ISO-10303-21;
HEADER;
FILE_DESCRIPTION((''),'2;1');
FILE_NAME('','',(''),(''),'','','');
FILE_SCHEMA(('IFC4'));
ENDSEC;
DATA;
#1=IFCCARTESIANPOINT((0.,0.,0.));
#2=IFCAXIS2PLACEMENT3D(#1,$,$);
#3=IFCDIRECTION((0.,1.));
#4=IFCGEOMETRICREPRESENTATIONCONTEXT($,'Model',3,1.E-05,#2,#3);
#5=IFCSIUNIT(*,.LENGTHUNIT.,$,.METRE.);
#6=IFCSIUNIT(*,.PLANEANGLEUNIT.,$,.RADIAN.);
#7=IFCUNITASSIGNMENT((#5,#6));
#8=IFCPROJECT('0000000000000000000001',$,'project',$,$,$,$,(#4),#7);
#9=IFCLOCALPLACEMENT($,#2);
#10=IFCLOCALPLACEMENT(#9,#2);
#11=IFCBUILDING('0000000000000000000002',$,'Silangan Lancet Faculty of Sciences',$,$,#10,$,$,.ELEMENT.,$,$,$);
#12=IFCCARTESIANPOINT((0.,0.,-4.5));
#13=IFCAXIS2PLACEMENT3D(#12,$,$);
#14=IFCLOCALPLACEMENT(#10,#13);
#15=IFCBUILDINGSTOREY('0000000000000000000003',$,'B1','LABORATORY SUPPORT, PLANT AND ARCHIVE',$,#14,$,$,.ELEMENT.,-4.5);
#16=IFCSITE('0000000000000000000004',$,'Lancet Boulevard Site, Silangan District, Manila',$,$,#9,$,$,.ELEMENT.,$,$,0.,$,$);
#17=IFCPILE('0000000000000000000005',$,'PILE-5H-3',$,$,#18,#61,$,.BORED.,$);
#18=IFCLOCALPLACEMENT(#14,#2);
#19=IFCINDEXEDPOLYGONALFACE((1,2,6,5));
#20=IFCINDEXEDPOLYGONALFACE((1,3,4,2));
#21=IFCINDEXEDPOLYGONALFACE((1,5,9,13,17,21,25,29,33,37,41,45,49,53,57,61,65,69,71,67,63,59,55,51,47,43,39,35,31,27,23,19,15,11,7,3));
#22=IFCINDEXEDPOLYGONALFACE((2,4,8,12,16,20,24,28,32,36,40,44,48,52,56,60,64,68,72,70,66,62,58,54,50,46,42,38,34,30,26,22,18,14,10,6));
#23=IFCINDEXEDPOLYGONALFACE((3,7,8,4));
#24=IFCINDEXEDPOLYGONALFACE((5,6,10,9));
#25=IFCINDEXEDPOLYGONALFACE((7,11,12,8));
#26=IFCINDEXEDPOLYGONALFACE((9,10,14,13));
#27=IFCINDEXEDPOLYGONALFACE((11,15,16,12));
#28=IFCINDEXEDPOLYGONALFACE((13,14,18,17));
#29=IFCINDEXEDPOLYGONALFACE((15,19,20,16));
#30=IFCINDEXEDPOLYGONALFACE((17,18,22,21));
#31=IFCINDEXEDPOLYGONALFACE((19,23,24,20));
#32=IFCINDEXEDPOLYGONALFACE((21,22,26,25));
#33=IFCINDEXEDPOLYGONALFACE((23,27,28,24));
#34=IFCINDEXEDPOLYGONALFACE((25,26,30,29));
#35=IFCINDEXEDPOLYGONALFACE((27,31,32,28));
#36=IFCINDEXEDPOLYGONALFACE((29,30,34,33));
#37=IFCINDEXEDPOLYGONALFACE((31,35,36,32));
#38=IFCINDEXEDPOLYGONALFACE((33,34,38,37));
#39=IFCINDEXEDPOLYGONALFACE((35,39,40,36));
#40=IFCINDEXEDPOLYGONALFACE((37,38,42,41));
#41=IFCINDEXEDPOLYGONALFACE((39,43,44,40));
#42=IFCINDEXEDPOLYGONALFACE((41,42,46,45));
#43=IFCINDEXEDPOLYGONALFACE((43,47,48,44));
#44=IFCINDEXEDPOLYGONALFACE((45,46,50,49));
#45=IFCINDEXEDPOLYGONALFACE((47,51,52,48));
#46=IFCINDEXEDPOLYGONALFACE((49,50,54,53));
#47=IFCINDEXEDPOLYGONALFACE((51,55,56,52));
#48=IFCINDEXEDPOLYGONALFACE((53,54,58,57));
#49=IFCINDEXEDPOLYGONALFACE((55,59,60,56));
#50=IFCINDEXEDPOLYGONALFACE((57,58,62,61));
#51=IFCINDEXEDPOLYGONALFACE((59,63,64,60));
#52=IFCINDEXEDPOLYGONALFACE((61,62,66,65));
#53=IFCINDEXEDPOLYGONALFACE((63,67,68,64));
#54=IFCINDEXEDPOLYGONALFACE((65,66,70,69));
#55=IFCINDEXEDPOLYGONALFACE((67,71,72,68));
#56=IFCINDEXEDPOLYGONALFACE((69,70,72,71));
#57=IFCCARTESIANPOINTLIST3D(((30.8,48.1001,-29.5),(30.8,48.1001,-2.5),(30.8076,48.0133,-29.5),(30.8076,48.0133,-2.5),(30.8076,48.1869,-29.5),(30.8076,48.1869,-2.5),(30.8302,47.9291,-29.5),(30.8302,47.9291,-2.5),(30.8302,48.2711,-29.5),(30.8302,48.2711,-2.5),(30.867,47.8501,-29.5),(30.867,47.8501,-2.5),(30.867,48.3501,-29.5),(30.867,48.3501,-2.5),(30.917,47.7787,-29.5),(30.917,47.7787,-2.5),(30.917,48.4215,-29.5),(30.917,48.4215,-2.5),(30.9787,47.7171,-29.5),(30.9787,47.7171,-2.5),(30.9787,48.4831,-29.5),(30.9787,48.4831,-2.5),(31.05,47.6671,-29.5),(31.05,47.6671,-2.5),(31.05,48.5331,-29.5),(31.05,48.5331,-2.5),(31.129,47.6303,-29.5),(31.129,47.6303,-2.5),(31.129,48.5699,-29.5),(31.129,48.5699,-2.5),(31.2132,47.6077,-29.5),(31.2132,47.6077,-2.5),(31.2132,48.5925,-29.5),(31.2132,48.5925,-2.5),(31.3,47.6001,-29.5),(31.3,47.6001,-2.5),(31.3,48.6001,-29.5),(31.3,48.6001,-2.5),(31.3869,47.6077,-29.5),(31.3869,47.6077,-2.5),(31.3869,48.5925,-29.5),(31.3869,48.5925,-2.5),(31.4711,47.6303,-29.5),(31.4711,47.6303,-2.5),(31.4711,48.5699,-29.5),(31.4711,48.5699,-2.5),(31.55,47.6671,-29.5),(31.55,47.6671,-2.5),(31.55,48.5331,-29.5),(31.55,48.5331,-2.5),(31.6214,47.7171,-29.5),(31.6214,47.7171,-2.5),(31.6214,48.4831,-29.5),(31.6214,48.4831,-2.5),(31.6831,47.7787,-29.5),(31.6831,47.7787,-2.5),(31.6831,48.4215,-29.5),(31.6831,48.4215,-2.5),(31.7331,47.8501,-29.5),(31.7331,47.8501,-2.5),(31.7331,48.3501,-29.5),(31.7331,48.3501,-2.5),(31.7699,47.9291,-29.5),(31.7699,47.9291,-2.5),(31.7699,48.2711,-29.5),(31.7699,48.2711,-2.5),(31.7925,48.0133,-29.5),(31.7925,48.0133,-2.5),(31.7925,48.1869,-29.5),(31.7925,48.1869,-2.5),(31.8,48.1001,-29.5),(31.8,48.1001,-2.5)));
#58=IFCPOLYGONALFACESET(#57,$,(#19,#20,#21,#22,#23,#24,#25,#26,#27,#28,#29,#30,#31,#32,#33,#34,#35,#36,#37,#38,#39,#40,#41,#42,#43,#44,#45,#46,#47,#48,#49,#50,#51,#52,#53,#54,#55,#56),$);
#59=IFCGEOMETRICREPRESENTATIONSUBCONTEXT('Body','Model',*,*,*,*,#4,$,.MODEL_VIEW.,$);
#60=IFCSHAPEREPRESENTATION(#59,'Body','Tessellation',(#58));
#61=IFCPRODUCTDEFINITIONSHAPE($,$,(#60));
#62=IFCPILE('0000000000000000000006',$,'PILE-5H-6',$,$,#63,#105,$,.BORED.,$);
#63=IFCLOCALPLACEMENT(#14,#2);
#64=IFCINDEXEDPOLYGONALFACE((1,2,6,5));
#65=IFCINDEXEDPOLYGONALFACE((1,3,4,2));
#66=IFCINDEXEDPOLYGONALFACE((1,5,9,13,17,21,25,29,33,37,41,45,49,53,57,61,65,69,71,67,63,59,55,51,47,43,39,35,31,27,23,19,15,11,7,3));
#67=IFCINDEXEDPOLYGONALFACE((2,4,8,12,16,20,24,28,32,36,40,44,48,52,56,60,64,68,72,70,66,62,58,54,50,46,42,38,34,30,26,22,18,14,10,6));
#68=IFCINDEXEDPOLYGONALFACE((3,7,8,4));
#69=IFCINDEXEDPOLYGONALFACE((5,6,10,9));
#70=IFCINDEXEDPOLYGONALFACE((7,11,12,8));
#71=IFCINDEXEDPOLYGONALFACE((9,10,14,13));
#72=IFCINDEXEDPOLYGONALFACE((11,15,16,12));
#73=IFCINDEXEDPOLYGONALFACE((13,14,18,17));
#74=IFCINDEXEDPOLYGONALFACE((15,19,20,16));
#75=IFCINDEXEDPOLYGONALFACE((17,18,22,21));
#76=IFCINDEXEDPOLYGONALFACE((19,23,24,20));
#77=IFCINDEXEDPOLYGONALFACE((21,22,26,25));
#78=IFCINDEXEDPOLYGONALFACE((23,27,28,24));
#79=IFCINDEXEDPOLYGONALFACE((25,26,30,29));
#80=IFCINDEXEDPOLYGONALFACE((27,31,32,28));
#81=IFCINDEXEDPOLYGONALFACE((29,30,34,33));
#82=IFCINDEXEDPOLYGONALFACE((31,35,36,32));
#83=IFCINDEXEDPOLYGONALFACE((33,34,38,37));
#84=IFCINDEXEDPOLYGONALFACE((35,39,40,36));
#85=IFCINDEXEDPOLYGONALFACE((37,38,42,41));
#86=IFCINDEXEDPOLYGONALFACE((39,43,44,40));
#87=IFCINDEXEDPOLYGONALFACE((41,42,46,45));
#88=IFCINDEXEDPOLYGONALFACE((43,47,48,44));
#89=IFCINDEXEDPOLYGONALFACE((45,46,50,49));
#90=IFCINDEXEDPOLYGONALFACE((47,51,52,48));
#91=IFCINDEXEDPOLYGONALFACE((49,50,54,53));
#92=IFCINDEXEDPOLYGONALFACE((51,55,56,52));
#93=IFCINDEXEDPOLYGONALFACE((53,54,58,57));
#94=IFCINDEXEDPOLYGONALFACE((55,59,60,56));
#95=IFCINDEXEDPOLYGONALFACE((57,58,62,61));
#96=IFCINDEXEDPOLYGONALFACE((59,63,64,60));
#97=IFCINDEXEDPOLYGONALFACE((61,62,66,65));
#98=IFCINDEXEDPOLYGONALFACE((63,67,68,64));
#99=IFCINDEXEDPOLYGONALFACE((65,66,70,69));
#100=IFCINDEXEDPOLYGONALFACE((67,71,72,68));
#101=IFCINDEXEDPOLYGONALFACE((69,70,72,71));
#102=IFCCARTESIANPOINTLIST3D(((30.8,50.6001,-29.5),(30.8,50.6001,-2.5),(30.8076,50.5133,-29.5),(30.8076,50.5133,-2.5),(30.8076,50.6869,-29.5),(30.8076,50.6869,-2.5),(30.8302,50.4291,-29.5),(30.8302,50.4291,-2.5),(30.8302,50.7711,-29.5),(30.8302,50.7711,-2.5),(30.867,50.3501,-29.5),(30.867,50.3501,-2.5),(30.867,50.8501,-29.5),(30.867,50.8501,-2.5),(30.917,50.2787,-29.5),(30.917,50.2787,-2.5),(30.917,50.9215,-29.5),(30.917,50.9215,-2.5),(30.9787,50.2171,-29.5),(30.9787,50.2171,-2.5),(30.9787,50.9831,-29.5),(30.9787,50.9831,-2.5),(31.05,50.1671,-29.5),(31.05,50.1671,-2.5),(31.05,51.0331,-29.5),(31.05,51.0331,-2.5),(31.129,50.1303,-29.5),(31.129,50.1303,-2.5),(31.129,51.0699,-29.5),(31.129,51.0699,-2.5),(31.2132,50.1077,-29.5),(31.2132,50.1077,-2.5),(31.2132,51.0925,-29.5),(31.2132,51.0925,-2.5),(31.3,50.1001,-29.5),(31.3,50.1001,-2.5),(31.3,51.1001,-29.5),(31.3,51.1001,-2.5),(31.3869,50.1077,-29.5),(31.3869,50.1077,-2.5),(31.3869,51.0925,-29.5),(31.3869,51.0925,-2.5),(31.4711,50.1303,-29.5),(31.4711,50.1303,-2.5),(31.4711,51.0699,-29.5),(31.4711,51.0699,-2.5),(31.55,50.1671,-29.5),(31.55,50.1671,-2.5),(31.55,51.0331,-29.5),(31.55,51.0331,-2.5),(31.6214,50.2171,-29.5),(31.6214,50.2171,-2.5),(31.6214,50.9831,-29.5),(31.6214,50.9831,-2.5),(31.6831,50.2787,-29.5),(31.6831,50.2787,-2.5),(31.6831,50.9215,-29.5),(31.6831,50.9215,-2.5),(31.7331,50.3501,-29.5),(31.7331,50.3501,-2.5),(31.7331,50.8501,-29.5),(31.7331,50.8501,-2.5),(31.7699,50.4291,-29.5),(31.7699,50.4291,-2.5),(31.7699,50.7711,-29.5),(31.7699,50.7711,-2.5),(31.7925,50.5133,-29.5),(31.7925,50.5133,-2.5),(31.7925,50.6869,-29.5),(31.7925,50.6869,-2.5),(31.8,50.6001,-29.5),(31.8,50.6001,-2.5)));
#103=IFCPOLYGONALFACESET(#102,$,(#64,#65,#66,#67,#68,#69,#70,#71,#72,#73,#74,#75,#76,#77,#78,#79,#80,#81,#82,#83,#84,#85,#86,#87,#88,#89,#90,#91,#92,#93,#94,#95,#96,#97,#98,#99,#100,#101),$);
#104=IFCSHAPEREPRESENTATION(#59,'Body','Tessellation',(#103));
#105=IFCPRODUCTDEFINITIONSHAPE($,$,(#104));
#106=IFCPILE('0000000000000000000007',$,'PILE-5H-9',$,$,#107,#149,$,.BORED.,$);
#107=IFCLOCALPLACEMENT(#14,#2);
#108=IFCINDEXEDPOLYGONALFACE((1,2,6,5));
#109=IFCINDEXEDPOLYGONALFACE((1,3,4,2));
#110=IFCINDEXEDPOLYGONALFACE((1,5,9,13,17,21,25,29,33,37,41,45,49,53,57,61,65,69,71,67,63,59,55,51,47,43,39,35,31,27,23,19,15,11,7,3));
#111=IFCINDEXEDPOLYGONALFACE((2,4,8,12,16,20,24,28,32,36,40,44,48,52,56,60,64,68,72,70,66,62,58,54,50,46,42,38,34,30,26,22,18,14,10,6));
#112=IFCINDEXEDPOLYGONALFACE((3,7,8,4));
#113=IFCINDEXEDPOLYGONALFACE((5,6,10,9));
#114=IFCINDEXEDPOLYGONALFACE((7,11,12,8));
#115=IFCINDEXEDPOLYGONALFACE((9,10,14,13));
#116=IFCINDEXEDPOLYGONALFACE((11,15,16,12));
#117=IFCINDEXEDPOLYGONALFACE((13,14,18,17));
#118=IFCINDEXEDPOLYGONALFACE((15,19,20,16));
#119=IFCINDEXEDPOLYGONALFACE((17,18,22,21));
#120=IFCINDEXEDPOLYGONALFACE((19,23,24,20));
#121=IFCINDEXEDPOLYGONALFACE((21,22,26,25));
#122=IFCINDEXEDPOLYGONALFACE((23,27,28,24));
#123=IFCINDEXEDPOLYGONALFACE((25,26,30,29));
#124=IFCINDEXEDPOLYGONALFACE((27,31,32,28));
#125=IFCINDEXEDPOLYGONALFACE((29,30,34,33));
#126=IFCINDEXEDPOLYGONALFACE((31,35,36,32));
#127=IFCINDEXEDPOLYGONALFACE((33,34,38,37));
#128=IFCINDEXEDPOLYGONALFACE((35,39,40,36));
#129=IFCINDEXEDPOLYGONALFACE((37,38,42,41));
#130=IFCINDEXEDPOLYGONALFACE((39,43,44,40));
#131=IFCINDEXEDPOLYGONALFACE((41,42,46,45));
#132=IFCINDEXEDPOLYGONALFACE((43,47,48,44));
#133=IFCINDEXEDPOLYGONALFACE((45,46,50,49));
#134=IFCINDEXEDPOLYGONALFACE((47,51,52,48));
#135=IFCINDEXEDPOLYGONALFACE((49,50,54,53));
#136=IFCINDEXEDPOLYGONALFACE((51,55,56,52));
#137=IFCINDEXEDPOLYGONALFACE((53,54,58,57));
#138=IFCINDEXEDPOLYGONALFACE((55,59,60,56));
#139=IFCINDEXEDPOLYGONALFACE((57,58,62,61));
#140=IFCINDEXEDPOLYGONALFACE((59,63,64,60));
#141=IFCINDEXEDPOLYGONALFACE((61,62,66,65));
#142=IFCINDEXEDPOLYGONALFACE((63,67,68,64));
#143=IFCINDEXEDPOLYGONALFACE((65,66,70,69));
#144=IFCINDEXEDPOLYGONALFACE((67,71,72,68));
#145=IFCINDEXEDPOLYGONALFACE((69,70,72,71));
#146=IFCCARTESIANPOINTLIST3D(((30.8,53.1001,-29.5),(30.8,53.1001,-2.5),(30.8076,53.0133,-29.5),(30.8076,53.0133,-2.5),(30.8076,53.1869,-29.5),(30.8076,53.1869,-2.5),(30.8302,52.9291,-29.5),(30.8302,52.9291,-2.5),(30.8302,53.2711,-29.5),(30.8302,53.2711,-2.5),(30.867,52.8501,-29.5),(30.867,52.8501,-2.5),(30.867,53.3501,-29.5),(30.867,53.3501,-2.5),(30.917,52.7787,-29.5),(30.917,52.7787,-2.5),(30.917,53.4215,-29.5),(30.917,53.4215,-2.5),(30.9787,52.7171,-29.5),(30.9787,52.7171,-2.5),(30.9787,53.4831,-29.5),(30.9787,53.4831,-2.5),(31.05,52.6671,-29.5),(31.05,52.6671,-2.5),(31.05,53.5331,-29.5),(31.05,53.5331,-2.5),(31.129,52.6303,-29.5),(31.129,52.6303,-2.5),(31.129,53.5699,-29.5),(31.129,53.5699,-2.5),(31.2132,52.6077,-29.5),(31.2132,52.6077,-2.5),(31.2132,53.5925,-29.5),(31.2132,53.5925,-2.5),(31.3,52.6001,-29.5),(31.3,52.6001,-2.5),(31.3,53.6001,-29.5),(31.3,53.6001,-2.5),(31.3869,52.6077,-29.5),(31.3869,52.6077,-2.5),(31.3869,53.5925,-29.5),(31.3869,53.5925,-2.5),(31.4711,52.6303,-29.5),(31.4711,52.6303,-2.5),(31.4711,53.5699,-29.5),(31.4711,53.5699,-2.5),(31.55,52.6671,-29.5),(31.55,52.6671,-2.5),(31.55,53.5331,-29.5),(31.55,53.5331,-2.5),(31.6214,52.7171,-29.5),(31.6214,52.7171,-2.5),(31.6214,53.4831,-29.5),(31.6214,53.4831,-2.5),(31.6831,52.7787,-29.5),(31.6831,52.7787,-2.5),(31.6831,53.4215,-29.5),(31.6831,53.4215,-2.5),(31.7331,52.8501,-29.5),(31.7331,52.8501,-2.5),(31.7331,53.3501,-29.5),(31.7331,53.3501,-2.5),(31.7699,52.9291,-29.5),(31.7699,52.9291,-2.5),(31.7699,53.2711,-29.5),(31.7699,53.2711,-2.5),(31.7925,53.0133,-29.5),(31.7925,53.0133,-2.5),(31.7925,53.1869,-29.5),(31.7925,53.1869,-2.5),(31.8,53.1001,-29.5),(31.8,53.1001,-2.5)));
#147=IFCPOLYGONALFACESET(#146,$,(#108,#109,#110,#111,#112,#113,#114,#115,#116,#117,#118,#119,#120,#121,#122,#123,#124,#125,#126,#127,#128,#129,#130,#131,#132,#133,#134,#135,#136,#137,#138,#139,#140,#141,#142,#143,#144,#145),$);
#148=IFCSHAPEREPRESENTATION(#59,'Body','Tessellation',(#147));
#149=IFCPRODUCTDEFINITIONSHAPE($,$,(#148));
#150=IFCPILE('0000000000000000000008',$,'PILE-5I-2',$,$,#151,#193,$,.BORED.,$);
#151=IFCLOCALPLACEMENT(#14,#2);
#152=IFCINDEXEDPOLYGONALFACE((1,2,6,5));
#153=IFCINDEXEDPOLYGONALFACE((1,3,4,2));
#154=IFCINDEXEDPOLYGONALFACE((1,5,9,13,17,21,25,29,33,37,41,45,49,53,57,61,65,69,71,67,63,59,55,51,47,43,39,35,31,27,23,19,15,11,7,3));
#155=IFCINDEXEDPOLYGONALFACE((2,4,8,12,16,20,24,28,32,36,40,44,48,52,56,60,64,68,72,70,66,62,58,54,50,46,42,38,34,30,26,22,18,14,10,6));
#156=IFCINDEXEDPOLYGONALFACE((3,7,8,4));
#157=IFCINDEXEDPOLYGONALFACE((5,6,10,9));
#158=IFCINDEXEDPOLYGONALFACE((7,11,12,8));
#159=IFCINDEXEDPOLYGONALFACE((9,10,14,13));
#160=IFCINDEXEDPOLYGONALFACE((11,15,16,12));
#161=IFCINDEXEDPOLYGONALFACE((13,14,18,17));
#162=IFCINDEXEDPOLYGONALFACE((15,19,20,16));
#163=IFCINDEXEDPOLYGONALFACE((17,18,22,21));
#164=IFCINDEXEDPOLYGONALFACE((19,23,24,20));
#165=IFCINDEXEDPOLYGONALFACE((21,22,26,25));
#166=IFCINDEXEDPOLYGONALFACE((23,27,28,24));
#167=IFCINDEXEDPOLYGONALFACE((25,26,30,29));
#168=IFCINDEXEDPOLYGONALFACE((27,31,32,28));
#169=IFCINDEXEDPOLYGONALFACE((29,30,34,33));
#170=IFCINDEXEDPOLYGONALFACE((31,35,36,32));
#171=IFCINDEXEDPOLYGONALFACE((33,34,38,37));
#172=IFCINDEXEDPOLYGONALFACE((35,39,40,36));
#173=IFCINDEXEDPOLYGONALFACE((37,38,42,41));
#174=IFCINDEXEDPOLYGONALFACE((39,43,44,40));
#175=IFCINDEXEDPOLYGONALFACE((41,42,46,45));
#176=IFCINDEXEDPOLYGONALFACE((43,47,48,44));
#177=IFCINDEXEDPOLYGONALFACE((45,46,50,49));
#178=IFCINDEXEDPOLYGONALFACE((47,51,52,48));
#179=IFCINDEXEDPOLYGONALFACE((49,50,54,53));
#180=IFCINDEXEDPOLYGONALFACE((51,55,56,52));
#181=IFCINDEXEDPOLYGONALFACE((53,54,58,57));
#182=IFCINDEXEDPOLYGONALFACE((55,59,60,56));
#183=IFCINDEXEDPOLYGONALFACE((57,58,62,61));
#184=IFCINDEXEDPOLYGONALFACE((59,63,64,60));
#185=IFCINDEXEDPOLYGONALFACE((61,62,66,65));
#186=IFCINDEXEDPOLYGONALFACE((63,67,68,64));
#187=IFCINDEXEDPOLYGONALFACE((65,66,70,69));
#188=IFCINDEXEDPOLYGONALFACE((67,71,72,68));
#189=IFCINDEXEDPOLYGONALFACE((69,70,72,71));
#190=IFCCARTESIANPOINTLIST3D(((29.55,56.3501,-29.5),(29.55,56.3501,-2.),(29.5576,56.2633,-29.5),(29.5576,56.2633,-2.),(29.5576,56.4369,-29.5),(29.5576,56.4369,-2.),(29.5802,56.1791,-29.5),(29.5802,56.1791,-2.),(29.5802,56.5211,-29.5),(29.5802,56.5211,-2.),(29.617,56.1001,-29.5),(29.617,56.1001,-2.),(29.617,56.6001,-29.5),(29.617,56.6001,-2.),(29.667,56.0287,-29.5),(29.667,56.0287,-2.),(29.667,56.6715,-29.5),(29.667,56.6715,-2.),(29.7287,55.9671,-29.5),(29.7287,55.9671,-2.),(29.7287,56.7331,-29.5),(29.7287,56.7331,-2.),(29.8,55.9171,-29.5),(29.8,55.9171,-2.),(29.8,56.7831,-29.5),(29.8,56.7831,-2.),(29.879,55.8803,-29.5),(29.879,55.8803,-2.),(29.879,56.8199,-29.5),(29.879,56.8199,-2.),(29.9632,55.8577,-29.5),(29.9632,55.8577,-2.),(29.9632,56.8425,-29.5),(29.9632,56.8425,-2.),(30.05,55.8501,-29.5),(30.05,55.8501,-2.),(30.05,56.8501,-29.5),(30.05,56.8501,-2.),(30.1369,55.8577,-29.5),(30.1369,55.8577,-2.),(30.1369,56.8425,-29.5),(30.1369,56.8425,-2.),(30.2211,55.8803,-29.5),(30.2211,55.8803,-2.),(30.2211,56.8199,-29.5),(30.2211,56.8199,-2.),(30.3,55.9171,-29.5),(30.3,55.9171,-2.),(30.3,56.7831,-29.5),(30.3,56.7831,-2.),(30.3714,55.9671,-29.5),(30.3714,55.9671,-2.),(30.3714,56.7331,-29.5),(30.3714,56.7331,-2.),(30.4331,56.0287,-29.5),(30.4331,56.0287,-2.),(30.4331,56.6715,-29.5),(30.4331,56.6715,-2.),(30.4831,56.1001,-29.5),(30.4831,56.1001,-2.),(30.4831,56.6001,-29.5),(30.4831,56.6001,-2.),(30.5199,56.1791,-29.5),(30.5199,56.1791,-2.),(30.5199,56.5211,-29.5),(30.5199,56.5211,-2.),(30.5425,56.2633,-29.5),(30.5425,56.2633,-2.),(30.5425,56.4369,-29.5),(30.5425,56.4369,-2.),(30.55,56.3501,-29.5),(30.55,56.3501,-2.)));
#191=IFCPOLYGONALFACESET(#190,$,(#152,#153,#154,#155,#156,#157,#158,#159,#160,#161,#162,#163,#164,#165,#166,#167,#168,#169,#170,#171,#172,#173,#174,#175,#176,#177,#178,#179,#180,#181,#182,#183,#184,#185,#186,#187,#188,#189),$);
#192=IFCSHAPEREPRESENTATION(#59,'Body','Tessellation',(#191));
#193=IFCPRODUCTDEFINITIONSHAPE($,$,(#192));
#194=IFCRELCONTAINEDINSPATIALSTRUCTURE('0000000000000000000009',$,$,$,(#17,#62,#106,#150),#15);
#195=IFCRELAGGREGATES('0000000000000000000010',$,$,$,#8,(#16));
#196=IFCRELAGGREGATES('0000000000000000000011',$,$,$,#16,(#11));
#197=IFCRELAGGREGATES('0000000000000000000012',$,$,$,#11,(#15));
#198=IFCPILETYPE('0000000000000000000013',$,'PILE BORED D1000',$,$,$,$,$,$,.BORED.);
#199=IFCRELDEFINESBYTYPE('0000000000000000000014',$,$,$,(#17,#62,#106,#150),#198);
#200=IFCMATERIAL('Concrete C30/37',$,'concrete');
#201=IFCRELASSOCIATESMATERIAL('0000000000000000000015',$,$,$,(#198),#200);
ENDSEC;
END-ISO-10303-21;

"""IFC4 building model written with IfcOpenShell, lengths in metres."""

from ifc_helpers import new_model, si_unit, direction, frame, origin, origin_2d, place, context, subcontext, project, spatial, circle, extrude, material, material_profile, profile_set, type_object, element, save


model = new_model("IFC4")

# Units and contexts
model_context = context("Model", 3, precision=1e-05, world=origin(), true_north=direction((0.0, 1.0)))
body_context = subcontext(model_context, "Body", "Model", "MODEL_VIEW")
ifc_project = project(units=[si_unit("LENGTHUNIT", "METRE"), si_unit("PLANEANGLEUNIT", "RADIAN")], contexts=[model_context])

# Site, building, storey
site_placement = place(None, origin())
site = spatial("IfcSite", under=ifc_project, at=site_placement, Name="Lancet Boulevard Site, Silangan District, Manila", CompositionType="ELEMENT", RefElevation=0.0)
building_placement = place(site_placement, origin())
building = spatial("IfcBuilding", under=site, at=building_placement, Name="Silangan Lancet Faculty of Sciences", CompositionType="ELEMENT")
storey_placement = place(building_placement, frame((0.0, 0.0, -4.5)))
storey = spatial("IfcBuildingStorey", under=building, at=storey_placement, Name="B1", Description="LABORATORY SUPPORT, PLANT AND ARCHIVE", CompositionType="ELEMENT", Elevation=-4.5)

# Piles
ifc_material_1 = material(Name="Concrete C30/37", Category="concrete")
ifc_material_profile_1 = material_profile(ifc_material_1, circle(Radius=0.5, at=origin_2d()), Name="BORED PILE D1000")
ifc_profile_set_1 = profile_set([ifc_material_profile_1], Name="Concrete C30/37")
pile_type_1 = type_object("IfcPileType", Name="PILE BORED D1000", PredefinedType="BORED", material=ifc_profile_set_1)
for number, where, z_axis, x_axis, name in (
    (1, (31.3, 48.1001, -2.5), (0.0, 0.0, -1.0), (1.0, 0.0, 0.0), "PILE-5H-3"),
    (2, (31.3, 50.6001, -2.5), (0.0, 0.0, -1.0), (1.0, 0.0, 0.0), "PILE-5H-6"),
    (3, (31.3, 53.1001, -2.5), (0.0, 0.0, -1.0), (1.0, 0.0, 0.0), "PILE-5H-9"),
):
    element("IfcPile", number, at=place(storey_placement, frame(where, z_axis=z_axis, x_axis=x_axis)), inside=storey, type_object=pile_type_1, Name=name, PredefinedType="BORED", context=body_context, shape_type="SweptSolid", body=[
        extrude(circle(Radius=0.5, at=origin_2d()), origin(), (0.0, 0.0, 1.0), 27.0),
    ])
for number, where, z_axis, x_axis, name in (
    (4, (30.05, 56.3501, -2.0), (0.0, 0.0, -1.0), (1.0, 0.0, 0.0), "PILE-5I-2"),
):
    element("IfcPile", number, at=place(storey_placement, frame(where, z_axis=z_axis, x_axis=x_axis)), inside=storey, type_object=pile_type_1, Name=name, PredefinedType="BORED", context=body_context, shape_type="SweptSolid", body=[
        extrude(circle(Radius=0.5, at=origin_2d()), origin(), (0.0, 0.0, 1.0), 27.5),
    ])

save(model, "model.ifc")
